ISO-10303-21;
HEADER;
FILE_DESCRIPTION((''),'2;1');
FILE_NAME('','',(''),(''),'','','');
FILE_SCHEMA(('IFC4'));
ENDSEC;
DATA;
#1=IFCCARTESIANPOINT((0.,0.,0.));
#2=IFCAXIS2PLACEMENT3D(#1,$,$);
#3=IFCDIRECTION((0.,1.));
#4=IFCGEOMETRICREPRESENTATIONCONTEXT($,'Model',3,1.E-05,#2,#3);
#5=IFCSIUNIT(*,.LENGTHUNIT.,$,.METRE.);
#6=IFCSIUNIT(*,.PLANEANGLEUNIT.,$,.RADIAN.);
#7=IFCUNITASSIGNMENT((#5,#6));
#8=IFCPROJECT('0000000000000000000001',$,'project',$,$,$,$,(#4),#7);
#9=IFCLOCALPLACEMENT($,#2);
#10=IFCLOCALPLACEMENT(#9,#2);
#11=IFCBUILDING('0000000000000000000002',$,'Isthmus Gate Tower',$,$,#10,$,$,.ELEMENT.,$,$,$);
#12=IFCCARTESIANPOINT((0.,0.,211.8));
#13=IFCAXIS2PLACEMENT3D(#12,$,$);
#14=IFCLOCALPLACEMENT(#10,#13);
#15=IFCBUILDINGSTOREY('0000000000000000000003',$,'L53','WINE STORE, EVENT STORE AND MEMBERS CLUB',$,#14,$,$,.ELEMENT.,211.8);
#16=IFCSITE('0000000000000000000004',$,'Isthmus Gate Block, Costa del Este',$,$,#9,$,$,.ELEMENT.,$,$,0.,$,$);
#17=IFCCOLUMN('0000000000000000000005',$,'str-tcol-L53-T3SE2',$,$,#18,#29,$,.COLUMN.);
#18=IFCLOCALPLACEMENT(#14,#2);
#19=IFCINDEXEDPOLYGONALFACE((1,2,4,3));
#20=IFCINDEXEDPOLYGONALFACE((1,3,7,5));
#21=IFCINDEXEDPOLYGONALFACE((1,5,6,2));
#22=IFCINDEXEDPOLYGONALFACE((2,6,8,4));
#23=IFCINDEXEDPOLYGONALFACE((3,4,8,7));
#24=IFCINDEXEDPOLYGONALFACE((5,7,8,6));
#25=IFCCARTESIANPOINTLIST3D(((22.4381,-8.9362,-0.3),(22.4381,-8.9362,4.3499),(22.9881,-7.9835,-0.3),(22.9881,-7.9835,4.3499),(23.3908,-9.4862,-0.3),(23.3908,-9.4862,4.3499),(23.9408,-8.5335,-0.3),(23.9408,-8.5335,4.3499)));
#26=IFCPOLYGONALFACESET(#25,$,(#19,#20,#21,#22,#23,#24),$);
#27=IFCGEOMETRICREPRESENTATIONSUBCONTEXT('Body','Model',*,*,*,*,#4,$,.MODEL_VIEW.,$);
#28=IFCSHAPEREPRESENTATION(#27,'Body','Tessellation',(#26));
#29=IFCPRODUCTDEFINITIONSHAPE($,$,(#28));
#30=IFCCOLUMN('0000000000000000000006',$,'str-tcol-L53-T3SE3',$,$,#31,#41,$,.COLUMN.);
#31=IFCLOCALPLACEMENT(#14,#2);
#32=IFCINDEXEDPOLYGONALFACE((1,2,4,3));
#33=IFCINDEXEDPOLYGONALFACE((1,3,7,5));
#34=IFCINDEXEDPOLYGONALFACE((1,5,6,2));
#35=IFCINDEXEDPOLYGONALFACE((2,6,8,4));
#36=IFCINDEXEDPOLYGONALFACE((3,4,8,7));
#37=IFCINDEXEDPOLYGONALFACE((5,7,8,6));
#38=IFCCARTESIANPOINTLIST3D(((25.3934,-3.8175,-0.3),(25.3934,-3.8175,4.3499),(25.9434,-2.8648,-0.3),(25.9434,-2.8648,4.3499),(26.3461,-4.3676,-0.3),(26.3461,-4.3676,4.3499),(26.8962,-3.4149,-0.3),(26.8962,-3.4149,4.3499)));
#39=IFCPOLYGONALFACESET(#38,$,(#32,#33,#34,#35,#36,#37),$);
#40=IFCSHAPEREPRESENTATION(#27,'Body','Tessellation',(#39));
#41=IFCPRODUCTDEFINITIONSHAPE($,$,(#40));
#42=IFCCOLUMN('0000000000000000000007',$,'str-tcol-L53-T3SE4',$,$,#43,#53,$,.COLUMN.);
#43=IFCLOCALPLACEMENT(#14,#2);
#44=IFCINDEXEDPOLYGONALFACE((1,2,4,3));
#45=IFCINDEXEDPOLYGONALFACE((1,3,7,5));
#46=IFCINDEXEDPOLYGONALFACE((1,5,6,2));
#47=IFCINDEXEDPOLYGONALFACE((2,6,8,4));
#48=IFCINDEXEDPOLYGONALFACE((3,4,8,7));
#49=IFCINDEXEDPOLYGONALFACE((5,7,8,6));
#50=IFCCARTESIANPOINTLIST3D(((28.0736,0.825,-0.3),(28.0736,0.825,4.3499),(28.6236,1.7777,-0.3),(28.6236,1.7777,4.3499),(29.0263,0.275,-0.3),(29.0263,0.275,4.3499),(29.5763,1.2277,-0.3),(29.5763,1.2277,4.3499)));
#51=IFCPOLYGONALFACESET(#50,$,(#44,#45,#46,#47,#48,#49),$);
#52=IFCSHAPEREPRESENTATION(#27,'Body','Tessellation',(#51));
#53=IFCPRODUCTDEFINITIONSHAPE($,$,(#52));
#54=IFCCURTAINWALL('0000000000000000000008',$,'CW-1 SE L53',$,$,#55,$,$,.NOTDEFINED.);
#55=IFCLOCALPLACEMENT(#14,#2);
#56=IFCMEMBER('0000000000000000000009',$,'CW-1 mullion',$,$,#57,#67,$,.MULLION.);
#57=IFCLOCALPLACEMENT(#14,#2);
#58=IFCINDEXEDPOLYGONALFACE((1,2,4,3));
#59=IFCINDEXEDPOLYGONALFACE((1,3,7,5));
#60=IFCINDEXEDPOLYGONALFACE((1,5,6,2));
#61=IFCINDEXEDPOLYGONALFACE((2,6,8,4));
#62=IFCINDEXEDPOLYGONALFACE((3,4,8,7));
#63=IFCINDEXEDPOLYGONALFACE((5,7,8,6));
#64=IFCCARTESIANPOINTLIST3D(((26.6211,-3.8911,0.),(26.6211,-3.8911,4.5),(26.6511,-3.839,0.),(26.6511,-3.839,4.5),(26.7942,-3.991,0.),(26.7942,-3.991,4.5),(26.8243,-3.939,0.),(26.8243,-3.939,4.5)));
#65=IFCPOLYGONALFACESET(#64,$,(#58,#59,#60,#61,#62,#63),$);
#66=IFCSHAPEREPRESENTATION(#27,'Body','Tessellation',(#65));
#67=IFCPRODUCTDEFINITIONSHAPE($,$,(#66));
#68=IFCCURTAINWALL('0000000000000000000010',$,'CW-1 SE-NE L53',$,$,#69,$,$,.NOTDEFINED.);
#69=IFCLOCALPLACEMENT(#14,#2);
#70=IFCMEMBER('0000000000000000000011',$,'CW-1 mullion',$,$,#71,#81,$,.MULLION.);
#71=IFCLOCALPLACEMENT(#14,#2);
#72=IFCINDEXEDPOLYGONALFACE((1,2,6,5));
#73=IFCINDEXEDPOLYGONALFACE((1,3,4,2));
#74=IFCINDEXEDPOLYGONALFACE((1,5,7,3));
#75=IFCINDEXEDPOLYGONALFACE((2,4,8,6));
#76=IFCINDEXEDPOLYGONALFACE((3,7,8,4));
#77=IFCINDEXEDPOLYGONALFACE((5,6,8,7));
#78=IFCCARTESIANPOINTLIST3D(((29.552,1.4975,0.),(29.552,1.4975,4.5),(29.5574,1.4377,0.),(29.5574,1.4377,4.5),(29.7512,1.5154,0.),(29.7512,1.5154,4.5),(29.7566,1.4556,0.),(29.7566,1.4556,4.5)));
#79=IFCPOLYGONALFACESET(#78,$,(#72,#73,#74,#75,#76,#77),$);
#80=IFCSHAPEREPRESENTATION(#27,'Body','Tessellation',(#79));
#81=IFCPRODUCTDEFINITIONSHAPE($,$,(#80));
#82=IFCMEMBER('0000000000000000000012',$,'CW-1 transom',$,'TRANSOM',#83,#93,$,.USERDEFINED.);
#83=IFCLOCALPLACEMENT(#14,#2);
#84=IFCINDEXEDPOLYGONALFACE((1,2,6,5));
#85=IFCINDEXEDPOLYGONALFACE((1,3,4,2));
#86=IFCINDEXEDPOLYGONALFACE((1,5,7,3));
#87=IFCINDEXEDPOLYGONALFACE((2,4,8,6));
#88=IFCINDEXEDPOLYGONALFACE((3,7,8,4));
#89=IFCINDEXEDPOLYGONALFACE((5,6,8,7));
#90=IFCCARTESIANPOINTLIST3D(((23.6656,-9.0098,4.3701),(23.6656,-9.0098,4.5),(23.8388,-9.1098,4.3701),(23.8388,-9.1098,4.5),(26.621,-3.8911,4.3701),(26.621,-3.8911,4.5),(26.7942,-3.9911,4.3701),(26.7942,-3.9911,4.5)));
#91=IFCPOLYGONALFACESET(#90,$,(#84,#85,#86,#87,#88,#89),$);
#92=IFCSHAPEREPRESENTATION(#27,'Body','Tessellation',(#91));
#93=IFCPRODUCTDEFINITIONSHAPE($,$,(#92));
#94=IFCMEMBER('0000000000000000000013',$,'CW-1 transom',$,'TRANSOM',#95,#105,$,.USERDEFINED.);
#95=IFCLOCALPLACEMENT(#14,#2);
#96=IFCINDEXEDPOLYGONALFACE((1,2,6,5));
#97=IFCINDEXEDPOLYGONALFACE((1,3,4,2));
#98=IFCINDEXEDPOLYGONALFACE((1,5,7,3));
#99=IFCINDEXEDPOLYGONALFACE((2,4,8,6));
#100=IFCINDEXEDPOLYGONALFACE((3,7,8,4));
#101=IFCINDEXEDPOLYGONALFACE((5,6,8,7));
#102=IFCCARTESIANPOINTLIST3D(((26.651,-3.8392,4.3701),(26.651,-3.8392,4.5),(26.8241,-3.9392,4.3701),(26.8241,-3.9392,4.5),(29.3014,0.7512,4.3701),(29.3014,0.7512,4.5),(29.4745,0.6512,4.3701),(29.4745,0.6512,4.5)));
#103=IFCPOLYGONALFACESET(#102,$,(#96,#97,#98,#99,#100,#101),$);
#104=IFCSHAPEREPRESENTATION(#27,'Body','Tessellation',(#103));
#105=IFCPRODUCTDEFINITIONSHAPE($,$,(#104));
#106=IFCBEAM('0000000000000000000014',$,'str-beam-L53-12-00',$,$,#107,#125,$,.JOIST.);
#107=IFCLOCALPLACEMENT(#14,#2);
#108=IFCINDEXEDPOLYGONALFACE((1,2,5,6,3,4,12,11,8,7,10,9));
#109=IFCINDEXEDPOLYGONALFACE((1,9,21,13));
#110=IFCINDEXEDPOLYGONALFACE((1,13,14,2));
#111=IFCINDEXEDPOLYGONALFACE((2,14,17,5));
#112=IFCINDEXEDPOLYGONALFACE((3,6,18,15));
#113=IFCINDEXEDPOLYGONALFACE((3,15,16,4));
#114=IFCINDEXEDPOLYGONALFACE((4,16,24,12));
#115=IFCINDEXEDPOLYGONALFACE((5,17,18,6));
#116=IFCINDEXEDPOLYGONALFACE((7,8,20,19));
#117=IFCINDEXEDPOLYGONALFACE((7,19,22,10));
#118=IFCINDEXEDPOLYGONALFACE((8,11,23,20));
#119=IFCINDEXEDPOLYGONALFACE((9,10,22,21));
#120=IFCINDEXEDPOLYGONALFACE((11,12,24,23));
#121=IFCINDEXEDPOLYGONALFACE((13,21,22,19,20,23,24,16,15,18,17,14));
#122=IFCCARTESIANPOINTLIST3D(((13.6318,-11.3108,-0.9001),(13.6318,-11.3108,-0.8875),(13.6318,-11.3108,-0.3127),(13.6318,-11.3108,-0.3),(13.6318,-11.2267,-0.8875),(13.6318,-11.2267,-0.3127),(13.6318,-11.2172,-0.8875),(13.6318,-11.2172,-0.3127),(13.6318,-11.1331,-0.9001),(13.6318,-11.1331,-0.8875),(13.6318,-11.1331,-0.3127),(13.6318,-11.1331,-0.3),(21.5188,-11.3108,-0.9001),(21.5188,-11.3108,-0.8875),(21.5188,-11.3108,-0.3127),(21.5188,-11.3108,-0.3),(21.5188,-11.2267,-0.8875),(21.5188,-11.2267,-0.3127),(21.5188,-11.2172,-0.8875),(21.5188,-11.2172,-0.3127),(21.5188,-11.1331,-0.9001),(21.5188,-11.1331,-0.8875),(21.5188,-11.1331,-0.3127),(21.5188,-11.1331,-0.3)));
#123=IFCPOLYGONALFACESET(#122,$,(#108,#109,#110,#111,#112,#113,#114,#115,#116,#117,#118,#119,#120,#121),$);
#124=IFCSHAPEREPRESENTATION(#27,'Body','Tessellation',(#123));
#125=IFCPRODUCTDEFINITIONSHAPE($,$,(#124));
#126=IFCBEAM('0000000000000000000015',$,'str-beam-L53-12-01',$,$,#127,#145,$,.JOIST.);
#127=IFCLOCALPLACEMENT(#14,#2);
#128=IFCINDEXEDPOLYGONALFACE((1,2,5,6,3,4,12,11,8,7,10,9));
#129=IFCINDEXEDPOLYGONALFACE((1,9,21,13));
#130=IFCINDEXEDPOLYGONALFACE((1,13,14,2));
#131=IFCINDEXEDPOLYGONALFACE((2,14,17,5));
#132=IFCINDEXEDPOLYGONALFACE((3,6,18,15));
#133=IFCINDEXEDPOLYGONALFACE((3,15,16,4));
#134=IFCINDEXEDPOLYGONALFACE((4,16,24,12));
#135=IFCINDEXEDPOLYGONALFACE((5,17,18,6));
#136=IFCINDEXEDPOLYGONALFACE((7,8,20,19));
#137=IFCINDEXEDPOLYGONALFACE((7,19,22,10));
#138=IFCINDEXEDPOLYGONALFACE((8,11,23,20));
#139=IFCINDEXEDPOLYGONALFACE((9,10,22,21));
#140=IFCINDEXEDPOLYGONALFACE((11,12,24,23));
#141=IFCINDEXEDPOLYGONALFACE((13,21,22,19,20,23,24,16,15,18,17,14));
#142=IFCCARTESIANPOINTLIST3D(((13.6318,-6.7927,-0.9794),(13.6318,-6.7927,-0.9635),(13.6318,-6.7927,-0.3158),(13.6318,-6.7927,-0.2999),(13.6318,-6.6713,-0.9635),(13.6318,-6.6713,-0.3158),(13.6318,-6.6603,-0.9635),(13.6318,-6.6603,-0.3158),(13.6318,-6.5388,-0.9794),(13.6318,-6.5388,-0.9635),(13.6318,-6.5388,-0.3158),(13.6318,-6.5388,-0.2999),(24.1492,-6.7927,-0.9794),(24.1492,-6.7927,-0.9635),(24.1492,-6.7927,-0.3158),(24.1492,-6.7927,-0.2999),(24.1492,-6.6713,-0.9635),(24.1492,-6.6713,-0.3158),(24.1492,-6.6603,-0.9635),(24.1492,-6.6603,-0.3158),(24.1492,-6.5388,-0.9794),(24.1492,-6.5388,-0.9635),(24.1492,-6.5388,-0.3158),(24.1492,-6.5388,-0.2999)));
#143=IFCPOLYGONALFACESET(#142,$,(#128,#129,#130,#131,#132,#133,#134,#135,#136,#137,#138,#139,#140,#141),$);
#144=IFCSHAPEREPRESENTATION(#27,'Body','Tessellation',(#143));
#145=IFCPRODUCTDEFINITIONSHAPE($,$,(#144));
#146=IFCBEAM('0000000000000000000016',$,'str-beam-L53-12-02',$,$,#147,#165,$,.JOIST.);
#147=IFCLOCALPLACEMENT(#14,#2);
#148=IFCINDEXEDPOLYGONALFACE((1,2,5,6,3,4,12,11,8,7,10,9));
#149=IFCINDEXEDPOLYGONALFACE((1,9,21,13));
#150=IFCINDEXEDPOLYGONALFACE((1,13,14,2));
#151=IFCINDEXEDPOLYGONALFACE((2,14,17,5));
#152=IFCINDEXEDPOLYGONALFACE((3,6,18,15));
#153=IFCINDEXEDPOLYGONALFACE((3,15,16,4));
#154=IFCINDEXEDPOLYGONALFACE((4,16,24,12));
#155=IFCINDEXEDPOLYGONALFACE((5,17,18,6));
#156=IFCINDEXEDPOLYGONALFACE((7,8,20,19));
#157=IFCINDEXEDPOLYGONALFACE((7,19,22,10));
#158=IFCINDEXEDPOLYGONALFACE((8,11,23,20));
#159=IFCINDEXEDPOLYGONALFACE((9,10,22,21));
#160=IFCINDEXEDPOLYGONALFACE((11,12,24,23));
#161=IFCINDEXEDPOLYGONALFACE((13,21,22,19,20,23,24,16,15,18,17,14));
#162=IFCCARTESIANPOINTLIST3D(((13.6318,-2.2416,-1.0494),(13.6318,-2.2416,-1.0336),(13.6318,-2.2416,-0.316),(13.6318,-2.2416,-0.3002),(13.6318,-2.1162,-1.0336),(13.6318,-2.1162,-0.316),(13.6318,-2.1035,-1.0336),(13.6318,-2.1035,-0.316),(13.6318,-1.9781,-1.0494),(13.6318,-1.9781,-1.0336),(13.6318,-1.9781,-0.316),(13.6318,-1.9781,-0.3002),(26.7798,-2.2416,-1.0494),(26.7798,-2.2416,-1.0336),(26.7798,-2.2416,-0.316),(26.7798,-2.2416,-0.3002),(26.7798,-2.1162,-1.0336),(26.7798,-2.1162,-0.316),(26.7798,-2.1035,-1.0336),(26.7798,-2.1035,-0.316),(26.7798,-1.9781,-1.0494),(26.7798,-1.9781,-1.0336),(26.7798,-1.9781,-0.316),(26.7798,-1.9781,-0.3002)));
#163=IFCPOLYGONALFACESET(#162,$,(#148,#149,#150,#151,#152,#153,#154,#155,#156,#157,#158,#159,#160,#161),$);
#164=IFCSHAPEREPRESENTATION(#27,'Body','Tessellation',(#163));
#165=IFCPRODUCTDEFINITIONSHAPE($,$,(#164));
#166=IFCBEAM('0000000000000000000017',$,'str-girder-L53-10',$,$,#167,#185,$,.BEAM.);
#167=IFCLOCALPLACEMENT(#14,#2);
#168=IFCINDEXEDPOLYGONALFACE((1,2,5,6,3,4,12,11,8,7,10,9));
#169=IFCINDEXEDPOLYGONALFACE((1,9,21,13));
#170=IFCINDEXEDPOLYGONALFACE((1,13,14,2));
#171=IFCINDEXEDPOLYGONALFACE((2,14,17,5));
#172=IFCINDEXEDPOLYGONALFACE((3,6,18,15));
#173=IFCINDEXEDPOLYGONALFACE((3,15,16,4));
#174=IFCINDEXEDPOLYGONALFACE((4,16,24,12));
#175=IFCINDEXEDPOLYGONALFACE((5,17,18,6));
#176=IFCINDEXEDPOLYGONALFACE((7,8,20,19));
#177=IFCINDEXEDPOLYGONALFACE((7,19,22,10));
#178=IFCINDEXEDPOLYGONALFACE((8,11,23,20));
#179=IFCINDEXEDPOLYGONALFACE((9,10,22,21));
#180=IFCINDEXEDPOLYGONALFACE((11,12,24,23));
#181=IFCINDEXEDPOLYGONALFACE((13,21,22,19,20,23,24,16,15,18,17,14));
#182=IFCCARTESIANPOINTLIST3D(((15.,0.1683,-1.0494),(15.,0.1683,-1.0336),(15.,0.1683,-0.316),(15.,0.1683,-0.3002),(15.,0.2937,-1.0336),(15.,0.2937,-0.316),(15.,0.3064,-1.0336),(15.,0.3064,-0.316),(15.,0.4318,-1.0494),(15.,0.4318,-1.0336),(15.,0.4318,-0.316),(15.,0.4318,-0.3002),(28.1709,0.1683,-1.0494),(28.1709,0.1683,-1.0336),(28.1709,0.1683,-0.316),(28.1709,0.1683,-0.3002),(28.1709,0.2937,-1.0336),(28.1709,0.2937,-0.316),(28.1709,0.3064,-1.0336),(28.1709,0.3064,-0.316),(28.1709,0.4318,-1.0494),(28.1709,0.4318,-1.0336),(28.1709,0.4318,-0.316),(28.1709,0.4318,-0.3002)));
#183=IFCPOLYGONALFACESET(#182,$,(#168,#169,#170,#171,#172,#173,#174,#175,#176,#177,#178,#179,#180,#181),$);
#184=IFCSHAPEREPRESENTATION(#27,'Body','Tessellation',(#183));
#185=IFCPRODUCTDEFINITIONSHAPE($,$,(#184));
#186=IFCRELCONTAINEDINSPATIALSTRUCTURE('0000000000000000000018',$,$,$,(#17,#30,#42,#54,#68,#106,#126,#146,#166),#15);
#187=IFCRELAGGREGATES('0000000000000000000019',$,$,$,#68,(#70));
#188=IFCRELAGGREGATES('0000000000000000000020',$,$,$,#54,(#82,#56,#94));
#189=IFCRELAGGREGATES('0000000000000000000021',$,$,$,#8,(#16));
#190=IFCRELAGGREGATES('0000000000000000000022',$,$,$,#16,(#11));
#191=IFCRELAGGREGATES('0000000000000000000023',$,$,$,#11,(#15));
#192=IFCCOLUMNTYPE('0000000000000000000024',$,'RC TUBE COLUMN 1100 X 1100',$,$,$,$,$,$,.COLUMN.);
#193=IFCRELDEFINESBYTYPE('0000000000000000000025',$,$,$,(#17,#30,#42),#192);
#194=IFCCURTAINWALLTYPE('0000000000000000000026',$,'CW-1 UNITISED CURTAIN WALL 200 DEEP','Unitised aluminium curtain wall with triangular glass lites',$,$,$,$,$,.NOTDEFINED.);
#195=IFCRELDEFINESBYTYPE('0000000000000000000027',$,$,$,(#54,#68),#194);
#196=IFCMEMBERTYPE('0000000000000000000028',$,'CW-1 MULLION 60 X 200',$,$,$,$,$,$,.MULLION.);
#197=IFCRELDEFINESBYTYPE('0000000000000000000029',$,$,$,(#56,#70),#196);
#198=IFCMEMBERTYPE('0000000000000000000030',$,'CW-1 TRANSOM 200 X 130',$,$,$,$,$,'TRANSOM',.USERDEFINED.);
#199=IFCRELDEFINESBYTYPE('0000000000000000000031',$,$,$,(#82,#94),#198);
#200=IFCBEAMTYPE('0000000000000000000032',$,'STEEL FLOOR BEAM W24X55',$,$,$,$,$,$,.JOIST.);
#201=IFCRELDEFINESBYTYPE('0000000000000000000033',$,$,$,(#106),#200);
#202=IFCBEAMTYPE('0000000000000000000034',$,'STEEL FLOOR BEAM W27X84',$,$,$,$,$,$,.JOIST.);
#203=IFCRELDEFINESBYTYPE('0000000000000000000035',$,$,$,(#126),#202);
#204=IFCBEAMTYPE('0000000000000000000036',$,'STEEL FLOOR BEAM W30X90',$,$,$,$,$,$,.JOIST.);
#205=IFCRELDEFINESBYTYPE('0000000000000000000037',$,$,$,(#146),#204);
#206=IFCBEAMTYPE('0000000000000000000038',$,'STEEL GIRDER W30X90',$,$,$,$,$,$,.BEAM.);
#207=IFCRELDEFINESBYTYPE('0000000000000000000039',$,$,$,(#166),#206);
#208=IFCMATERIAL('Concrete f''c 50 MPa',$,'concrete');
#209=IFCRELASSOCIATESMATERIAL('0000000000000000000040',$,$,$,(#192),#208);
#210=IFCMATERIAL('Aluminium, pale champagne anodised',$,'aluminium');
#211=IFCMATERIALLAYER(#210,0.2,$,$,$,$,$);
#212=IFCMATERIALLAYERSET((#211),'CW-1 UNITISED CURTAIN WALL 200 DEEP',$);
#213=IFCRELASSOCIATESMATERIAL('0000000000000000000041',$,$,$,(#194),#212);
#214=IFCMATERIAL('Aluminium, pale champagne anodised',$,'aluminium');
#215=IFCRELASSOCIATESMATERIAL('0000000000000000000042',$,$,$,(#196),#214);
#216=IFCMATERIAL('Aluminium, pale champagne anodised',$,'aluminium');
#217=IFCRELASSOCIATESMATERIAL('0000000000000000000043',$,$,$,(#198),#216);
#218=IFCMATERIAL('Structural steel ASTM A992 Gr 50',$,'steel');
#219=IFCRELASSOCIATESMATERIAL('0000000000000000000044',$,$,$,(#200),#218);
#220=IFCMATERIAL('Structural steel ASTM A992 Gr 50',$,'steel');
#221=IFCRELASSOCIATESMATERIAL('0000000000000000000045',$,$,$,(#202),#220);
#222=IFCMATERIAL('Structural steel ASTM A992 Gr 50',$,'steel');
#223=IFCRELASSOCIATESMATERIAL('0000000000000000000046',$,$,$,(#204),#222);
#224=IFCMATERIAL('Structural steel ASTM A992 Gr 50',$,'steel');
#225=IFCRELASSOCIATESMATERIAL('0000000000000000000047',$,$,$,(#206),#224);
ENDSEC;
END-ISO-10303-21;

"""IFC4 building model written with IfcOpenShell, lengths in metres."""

from ifc_helpers import new_model, si_unit, direction, frame, origin, origin_2d, place, context, subcontext, project, spatial, rectangle, i_section, extrude, material, layer, layer_set, material_profile, profile_set, type_object, element, aggregate, save


model = new_model("IFC4")

# Units and contexts
model_context = context("Model", 3, precision=1e-05, world=origin(), true_north=direction((0.0, 1.0)))
body_context = subcontext(model_context, "Body", "Model", "MODEL_VIEW")
ifc_project = project(units=[si_unit("LENGTHUNIT", "METRE"), si_unit("PLANEANGLEUNIT", "RADIAN")], contexts=[model_context])

# Site, building, storey
site_placement = place(None, origin())
site = spatial("IfcSite", under=ifc_project, at=site_placement, Name="Isthmus Gate Block, Costa del Este", CompositionType="ELEMENT", RefElevation=0.0)
building_placement = place(site_placement, origin())
building = spatial("IfcBuilding", under=site, at=building_placement, Name="Isthmus Gate Tower", CompositionType="ELEMENT")
storey_placement = place(building_placement, frame((0.0, 0.0, 211.8)))
storey = spatial("IfcBuildingStorey", under=building, at=storey_placement, Name="L53", Description="WINE STORE, EVENT STORE AND MEMBERS CLUB", CompositionType="ELEMENT", Elevation=211.8)

# Columns
ifc_material_1 = material(Name="Concrete f'c 50 MPa", Category="concrete")
ifc_material_profile_1 = material_profile(ifc_material_1, rectangle(XDim=1.1001, YDim=1.1001, at=origin_2d()), Name="RC 1100X1100")
ifc_profile_set_1 = profile_set([ifc_material_profile_1], Name="Concrete f'c 50 MPa")
column_type = type_object("IfcColumnType", Name="RC TUBE COLUMN 1100 X 1100", PredefinedType="COLUMN", material=ifc_profile_set_1)
for number, where, z_axis, x_axis, name in (
    (1, (23.1895, -8.7349, -0.3), (0.0, 0.0, 1.0), (0.5, 0.866025, 0.0), "str-tcol-L53-T3SE2"),
    (2, (26.1448, -3.6162, -0.3), (0.0, 0.0, 1.0), (0.5, 0.866025, 0.0), "str-tcol-L53-T3SE3"),
    (3, (28.825, 1.0264, -0.3), (0.0, 0.0, 1.0), (0.5, 0.866025, 0.0), "str-tcol-L53-T3SE4"),
):
    element("IfcColumn", number, at=place(storey_placement, frame(where, z_axis=z_axis, x_axis=x_axis)), inside=storey, type_object=column_type, Name=name, PredefinedType="COLUMN", context=body_context, shape_type="SweptSolid", body=[
        extrude(rectangle(XDim=1.1001, YDim=1.1001, at=origin_2d()), origin(), (0.0, 0.0, 1.0), 4.6499),
    ])

# Curtain walls, members
ifc_material_2 = material(Name="Aluminium, pale champagne anodised", Category="aluminium")
ifc_layer_1 = layer(ifc_material_2, 0.2)
ifc_layer_set_1 = layer_set([ifc_layer_1], Name="CW-1 UNITISED CURTAIN WALL 200 DEEP")
curtain_wall_type = type_object("IfcCurtainWallType", Name="CW-1 UNITISED CURTAIN WALL 200 DEEP", Description="Unitised aluminium curtain wall with triangular glass lites", PredefinedType="NOTDEFINED", material=ifc_layer_set_1)
curtain_wall_1_placement = place(storey_placement, origin())
curtain_wall_1 = element("IfcCurtainWall", 4, at=curtain_wall_1_placement, inside=storey, type_object=curtain_wall_type, Name="CW-1 SE L53", PredefinedType="NOTDEFINED")
ifc_material_3 = material(Name="Aluminium, pale champagne anodised", Category="aluminium")
ifc_material_profile_2 = material_profile(ifc_material_3, rectangle(XDim=0.0601, YDim=0.2, at=origin_2d()), Name="60x200")
ifc_profile_set_2 = profile_set([ifc_material_profile_2], Name="Aluminium, pale champagne anodised")
member_type_1 = type_object("IfcMemberType", Name="CW-1 MULLION 60 X 200", PredefinedType="MULLION", material=ifc_profile_set_2)
member_1_placement = place(storey_placement, frame((26.7227, -3.915, 0.0), z_axis=(0.0, 0.0, 1.0), x_axis=(0.5, 0.866025, 0.0)))
member_1 = element("IfcMember", 5, at=member_1_placement, type_object=member_type_1, Name="CW-1 mullion", PredefinedType="MULLION", context=body_context, shape_type="SweptSolid", body=[
    extrude(rectangle(XDim=0.0601, YDim=0.2, at=origin_2d()), origin(), (0.0, 0.0, 1.0), 4.5),
])
curtain_wall_2_placement = place(storey_placement, origin())
curtain_wall_2 = element("IfcCurtainWall", 6, at=curtain_wall_2_placement, inside=storey, type_object=curtain_wall_type, Name="CW-1 SE-NE L53", PredefinedType="NOTDEFINED")
member_2_placement = place(storey_placement, frame((29.6543, 1.4766, 0.0), z_axis=(0.0, 0.0, 1.0), x_axis=(-0.089397, 0.995996, 0.0)))
member_2 = element("IfcMember", 7, at=member_2_placement, type_object=member_type_1, Name="CW-1 mullion", PredefinedType="MULLION", context=body_context, shape_type="SweptSolid", body=[
    extrude(rectangle(XDim=0.0601, YDim=0.2, at=origin_2d()), origin(), (0.0, 0.0, 1.0), 4.5),
])
aggregate(curtain_wall_2, [member_2])

# Members
ifc_material_4 = material(Name="Aluminium, pale champagne anodised", Category="aluminium")
ifc_material_profile_3 = material_profile(ifc_material_4, rectangle(XDim=0.2, YDim=0.1299, at=origin_2d()), Name="200x130")
ifc_profile_set_3 = profile_set([ifc_material_profile_3], Name="Aluminium, pale champagne anodised")
member_type_2 = type_object("IfcMemberType", Name="CW-1 TRANSOM 200 X 130", ElementType="TRANSOM", PredefinedType="USERDEFINED", material=ifc_profile_set_3)
member_3_placement = place(storey_placement, frame((23.7522, -9.0598, 4.4351), z_axis=(0.500008, 0.86602, 0.0), x_axis=(-0.86602, 0.500008, 0.0)))
member_3 = element("IfcMember", 8, at=member_3_placement, type_object=member_type_2, Name="CW-1 transom", ObjectType="TRANSOM", PredefinedType="USERDEFINED", context=body_context, shape_type="SweptSolid", body=[
    extrude(rectangle(XDim=0.2, YDim=0.1299, at=origin_2d()), origin(), (0.0, 0.0, 1.0), 5.9106),
])
member_4_placement = place(storey_placement, frame((26.7375, -3.8892, 4.4351), z_axis=(0.500023, 0.866012, 0.0), x_axis=(-0.866012, 0.500023, 0.0)))
member_4 = element("IfcMember", 9, at=member_4_placement, type_object=member_type_2, Name="CW-1 transom", ObjectType="TRANSOM", PredefinedType="USERDEFINED", context=body_context, shape_type="SweptSolid", body=[
    extrude(rectangle(XDim=0.2, YDim=0.1299, at=origin_2d()), origin(), (0.0, 0.0, 1.0), 5.3005),
])

# Beams
ifc_material_5 = material(Name="Structural steel ASTM A992 Gr 50", Category="steel")
ifc_material_profile_4 = material_profile(ifc_material_5, i_section(OverallWidth=0.1777, OverallDepth=0.6001, WebThickness=0.0095, FlangeThickness=0.0127, at=origin_2d()), Name="W24X55")
ifc_profile_set_4 = profile_set([ifc_material_profile_4], Name="Structural steel ASTM A992 Gr 50")
beam_type_1 = type_object("IfcBeamType", Name="STEEL FLOOR BEAM W24X55", PredefinedType="JOIST", material=ifc_profile_set_4)
beam_1_placement = place(storey_placement, frame((13.6318, -11.2219, -0.6001), z_axis=(1.0, 0.0, 0.0), x_axis=(0.0, 1.0, 0.0)))
element("IfcBeam", 10, at=beam_1_placement, inside=storey, type_object=beam_type_1, Name="str-beam-L53-12-00", PredefinedType="JOIST", context=body_context, shape_type="SweptSolid", body=[
    extrude(i_section(OverallWidth=0.1777, OverallDepth=0.6001, WebThickness=0.0095, FlangeThickness=0.0127, at=origin_2d()), origin(), (0.0, 0.0, 1.0), 7.887),
])
ifc_material_6 = material(Name="Structural steel ASTM A992 Gr 50", Category="steel")
ifc_material_profile_5 = material_profile(ifc_material_6, i_section(OverallWidth=0.2539, OverallDepth=0.6794, WebThickness=0.011, FlangeThickness=0.0159, at=origin_2d()), Name="W27X84")
ifc_profile_set_5 = profile_set([ifc_material_profile_5], Name="Structural steel ASTM A992 Gr 50")
beam_type_2 = type_object("IfcBeamType", Name="STEEL FLOOR BEAM W27X84", PredefinedType="JOIST", material=ifc_profile_set_5)
beam_2_placement = place(storey_placement, frame((13.6318, -6.6658, -0.6396), z_axis=(1.0, 0.0, 0.0), x_axis=(0.0, 1.0, 0.0)))
element("IfcBeam", 11, at=beam_2_placement, inside=storey, type_object=beam_type_2, Name="str-beam-L53-12-01", PredefinedType="JOIST", context=body_context, shape_type="SweptSolid", body=[
    extrude(i_section(OverallWidth=0.2539, OverallDepth=0.6794, WebThickness=0.011, FlangeThickness=0.0159, at=origin_2d()), origin(), (0.0, 0.0, 1.0), 10.5173),
])
ifc_material_7 = material(Name="Structural steel ASTM A992 Gr 50", Category="steel")
ifc_material_profile_6 = material_profile(ifc_material_7, i_section(OverallWidth=0.2634, OverallDepth=0.7493, WebThickness=0.0127, FlangeThickness=0.0159, at=origin_2d()), Name="W30X90")
ifc_profile_set_6 = profile_set([ifc_material_profile_6], Name="Structural steel ASTM A992 Gr 50")
beam_type_3 = type_object("IfcBeamType", Name="STEEL FLOOR BEAM W30X90", PredefinedType="JOIST", material=ifc_profile_set_6)
beam_3_placement = place(storey_placement, frame((13.6318, -2.1099, -0.6748), z_axis=(1.0, 0.0, 0.0), x_axis=(0.0, 1.0, 0.0)))
element("IfcBeam", 12, at=beam_3_placement, inside=storey, type_object=beam_type_3, Name="str-beam-L53-12-02", PredefinedType="JOIST", context=body_context, shape_type="SweptSolid", body=[
    extrude(i_section(OverallWidth=0.2634, OverallDepth=0.7493, WebThickness=0.0127, FlangeThickness=0.0159, at=origin_2d()), origin(), (0.0, 0.0, 1.0), 13.1479),
])
ifc_material_8 = material(Name="Structural steel ASTM A992 Gr 50", Category="steel")
ifc_material_profile_7 = material_profile(ifc_material_8, i_section(OverallWidth=0.2634, OverallDepth=0.7493, WebThickness=0.0127, FlangeThickness=0.0159, at=origin_2d()), Name="W30X90")
ifc_profile_set_7 = profile_set([ifc_material_profile_7], Name="Structural steel ASTM A992 Gr 50")
beam_type_4 = type_object("IfcBeamType", Name="STEEL GIRDER W30X90", PredefinedType="BEAM", material=ifc_profile_set_7)
beam_4_placement = place(storey_placement, frame((15.0, 0.3, -0.6748), z_axis=(1.0, 0.0, 0.0), x_axis=(0.0, 1.0, 0.0)))
element("IfcBeam", 13, at=beam_4_placement, inside=storey, type_object=beam_type_4, Name="str-girder-L53-10", PredefinedType="BEAM", context=body_context, shape_type="SweptSolid", body=[
    extrude(i_section(OverallWidth=0.2634, OverallDepth=0.7493, WebThickness=0.0127, FlangeThickness=0.0159, at=origin_2d()), origin(), (0.0, 0.0, 1.0), 13.1709),
])

aggregate(curtain_wall_1, [member_3, member_1, member_4])

save(model, "model.ifc")
